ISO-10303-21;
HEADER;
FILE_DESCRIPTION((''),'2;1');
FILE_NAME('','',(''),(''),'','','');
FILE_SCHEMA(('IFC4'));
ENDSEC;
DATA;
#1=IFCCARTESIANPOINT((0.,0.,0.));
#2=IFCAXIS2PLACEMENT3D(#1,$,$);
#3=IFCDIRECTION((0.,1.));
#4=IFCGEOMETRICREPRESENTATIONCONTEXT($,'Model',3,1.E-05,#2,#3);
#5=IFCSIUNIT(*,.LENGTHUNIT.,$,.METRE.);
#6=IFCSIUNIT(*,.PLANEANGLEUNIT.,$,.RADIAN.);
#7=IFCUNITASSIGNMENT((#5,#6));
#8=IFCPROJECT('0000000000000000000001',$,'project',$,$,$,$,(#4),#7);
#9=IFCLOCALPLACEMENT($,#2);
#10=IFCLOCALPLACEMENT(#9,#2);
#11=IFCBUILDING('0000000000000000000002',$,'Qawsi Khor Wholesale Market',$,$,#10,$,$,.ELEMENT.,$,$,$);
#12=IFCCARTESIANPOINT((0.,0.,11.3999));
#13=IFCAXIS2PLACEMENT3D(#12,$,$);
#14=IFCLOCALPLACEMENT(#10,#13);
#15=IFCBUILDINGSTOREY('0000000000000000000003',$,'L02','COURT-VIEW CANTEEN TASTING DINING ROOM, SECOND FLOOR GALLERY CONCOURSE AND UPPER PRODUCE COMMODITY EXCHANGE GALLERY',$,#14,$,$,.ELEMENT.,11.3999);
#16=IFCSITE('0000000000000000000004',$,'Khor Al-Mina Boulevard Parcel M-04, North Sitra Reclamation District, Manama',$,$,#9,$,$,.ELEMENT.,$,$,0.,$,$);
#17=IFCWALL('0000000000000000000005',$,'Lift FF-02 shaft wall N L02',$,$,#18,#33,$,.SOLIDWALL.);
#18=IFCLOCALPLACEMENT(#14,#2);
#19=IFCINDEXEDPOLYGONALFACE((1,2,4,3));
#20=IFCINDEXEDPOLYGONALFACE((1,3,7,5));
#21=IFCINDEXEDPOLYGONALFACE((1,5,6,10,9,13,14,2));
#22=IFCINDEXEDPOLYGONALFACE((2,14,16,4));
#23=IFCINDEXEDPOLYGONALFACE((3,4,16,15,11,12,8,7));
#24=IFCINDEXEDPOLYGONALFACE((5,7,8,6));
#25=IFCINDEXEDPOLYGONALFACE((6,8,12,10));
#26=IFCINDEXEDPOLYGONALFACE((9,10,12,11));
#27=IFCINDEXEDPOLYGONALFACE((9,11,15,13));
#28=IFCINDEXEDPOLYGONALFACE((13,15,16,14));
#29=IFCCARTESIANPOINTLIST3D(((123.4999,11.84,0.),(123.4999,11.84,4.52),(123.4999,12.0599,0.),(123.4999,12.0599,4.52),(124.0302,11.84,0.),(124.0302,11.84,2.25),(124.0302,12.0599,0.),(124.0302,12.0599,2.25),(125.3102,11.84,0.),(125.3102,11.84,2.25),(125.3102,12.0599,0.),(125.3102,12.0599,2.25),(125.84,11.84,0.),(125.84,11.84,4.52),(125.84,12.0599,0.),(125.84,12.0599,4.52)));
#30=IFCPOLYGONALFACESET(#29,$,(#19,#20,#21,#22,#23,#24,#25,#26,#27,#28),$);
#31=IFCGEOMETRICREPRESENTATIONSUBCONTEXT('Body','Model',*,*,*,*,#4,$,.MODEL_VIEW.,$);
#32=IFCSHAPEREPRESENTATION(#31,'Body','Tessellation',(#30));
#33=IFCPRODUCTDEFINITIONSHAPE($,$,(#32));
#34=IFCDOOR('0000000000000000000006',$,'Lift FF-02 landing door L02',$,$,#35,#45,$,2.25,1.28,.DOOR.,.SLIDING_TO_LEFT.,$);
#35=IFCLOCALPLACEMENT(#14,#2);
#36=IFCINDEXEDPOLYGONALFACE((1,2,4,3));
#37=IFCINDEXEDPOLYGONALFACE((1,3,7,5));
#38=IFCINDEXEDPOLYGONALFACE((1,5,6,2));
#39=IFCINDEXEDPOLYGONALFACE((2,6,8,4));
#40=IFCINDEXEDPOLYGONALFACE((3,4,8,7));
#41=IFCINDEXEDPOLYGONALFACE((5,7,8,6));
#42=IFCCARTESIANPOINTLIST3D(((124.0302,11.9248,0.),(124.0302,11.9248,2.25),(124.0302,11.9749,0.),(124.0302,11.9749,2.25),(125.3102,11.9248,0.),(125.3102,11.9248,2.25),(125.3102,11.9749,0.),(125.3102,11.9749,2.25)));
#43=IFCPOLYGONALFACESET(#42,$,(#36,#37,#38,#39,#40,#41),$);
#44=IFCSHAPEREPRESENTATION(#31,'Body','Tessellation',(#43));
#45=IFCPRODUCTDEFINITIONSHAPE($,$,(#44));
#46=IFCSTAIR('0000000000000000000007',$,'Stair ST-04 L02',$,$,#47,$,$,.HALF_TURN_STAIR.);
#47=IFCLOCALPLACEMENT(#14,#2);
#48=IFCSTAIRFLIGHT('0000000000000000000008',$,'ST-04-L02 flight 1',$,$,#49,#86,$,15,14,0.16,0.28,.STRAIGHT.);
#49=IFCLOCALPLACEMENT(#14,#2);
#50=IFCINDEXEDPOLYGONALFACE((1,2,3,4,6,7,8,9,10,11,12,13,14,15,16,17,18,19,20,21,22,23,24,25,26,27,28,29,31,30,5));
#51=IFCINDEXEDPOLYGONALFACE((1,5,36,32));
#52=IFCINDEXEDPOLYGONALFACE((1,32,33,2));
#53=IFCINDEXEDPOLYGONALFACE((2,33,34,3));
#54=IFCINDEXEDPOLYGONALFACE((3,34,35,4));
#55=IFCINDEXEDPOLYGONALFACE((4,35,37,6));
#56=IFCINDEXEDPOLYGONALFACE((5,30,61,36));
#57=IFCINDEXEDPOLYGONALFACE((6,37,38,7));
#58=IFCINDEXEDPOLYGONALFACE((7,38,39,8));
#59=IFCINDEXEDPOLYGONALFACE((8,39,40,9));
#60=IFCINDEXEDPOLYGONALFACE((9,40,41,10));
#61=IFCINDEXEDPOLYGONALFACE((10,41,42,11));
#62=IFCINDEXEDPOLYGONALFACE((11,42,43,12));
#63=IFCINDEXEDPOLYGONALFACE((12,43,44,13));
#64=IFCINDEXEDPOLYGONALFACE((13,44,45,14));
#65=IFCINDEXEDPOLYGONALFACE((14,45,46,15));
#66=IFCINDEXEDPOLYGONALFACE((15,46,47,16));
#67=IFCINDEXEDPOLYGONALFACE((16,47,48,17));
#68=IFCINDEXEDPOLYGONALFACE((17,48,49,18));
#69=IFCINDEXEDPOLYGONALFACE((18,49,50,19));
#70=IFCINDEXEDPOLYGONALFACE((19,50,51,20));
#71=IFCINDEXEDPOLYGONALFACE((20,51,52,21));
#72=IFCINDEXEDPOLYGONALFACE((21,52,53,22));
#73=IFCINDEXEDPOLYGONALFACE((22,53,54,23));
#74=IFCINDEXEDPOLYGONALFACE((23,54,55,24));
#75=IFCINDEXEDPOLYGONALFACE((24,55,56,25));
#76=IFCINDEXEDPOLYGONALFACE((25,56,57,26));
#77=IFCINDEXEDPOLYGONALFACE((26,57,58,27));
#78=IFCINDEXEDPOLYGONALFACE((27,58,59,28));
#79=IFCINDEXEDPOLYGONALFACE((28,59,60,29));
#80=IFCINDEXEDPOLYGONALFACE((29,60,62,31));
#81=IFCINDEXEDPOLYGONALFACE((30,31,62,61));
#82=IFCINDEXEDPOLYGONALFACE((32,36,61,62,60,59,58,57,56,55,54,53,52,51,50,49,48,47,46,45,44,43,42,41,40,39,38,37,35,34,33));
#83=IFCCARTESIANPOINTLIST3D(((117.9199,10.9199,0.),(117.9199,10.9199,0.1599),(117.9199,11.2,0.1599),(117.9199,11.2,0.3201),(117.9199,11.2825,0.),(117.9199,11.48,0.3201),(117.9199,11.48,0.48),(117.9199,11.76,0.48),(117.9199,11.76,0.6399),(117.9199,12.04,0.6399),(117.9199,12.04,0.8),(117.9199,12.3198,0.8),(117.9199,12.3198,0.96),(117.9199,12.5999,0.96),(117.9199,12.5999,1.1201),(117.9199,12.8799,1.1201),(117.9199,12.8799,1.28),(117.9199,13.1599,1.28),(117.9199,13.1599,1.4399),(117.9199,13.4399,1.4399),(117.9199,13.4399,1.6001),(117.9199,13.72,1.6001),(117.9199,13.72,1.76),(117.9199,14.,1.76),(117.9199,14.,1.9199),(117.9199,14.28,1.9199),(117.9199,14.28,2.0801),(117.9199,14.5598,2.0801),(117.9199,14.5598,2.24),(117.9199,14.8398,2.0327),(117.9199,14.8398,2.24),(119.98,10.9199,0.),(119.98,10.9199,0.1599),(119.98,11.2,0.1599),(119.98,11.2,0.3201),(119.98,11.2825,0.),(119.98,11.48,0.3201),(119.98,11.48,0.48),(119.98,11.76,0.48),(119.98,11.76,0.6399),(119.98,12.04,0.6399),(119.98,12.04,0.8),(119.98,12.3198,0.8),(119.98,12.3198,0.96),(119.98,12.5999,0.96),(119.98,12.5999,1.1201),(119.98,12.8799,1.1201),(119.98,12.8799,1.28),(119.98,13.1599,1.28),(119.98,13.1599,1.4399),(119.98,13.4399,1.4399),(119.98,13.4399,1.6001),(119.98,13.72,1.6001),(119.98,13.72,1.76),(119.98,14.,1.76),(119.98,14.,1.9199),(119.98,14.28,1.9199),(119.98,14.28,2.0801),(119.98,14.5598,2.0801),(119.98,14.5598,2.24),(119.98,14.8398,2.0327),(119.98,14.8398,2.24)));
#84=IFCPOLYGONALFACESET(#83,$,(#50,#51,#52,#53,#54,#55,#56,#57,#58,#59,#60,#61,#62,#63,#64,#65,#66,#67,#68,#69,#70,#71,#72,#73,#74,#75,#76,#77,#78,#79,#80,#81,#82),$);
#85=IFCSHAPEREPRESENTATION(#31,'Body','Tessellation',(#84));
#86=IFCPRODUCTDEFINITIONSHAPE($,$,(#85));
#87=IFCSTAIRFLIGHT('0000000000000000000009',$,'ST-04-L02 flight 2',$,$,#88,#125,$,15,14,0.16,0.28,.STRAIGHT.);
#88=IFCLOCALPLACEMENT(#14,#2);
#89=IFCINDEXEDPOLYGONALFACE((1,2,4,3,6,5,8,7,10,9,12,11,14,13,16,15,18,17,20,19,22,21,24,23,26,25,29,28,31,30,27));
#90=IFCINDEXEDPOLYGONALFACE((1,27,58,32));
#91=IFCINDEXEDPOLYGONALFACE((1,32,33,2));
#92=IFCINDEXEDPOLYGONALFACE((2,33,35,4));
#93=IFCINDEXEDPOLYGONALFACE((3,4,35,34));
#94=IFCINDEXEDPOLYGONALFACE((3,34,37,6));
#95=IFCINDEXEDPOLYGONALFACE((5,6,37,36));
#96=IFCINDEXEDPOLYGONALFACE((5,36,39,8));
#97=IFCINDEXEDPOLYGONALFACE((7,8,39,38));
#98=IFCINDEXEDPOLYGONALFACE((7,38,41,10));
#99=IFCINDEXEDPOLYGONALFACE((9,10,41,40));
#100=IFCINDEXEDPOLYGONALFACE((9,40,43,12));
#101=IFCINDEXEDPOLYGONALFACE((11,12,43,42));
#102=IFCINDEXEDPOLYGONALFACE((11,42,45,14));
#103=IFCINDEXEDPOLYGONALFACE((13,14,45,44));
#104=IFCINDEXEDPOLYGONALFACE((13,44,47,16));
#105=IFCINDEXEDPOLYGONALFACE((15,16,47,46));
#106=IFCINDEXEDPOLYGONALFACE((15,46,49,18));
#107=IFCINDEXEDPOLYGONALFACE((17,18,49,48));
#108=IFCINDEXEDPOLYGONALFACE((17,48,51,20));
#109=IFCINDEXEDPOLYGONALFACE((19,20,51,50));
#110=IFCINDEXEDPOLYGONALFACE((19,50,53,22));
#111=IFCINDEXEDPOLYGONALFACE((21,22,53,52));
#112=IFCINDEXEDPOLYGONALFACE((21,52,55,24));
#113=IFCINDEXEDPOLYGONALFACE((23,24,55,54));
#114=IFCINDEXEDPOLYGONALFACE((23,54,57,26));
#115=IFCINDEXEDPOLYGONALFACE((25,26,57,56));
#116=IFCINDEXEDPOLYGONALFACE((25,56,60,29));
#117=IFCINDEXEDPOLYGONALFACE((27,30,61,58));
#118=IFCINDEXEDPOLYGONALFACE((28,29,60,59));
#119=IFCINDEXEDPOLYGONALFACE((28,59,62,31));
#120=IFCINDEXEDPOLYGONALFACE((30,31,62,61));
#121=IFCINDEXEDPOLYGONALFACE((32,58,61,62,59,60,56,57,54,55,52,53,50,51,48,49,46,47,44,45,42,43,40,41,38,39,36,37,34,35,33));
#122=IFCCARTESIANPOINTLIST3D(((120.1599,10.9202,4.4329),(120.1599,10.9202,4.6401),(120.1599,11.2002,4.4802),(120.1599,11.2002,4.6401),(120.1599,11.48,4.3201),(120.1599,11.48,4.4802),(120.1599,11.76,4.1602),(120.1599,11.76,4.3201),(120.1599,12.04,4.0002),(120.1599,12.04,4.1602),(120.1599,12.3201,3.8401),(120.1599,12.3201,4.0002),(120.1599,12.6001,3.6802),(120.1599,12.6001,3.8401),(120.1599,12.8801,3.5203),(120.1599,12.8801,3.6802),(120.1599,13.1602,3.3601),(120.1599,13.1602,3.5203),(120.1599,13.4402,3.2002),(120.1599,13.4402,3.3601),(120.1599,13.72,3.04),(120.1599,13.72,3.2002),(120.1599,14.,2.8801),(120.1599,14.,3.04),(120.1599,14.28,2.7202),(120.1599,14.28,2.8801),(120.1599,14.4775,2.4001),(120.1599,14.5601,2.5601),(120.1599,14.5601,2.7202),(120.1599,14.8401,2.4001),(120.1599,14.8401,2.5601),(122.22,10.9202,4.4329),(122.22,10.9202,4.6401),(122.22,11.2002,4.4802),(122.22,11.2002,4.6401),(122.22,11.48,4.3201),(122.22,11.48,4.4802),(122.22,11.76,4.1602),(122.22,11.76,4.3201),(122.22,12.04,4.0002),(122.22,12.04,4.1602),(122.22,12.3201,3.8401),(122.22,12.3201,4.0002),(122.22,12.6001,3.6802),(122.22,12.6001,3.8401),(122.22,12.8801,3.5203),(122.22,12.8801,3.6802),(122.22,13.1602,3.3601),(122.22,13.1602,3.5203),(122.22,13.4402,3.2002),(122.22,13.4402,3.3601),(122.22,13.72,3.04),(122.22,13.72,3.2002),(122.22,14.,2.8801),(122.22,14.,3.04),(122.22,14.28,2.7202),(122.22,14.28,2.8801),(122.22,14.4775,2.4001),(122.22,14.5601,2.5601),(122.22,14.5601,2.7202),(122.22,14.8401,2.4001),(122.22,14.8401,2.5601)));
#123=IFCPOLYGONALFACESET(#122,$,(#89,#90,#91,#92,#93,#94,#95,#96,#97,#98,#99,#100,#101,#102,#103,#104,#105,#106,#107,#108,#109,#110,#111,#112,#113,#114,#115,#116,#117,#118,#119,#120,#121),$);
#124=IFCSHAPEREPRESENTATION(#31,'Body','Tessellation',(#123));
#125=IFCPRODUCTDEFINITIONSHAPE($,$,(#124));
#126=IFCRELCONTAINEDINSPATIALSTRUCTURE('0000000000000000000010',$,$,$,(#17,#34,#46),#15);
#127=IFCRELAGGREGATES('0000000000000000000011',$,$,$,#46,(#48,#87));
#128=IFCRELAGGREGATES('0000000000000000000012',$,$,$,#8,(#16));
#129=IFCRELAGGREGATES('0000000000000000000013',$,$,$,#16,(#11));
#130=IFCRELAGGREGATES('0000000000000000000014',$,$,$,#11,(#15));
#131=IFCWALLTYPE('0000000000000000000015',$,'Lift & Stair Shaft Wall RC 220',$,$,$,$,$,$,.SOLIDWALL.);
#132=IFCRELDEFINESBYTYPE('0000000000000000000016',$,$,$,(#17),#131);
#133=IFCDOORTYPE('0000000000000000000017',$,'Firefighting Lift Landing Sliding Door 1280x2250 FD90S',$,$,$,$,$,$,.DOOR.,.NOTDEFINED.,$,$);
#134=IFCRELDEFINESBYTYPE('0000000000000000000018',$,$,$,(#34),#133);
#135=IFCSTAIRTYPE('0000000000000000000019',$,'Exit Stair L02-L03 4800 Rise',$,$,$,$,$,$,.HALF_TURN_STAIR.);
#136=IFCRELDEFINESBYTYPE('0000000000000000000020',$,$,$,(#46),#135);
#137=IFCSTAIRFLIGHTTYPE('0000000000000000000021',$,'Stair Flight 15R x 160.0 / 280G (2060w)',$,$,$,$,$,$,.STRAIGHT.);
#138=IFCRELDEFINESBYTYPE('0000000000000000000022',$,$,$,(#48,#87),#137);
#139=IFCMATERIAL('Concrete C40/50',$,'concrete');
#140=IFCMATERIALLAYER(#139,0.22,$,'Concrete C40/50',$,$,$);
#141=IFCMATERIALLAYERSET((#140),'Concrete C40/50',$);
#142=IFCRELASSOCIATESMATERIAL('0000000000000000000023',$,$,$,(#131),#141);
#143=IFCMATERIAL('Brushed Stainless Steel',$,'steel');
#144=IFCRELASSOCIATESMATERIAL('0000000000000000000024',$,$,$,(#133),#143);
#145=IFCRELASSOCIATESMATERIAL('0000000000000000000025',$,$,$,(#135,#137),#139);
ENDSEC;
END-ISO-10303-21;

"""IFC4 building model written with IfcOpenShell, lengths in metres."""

from ifc_helpers import new_model, si_unit, direction, frame, frame_2d, origin, place, context, subcontext, project, spatial, polyline, rectangle, outline, extrude, material, layer, layer_set, type_object, element, fill, aggregate, save


model = new_model("IFC4")

# Units and contexts
model_context = context("Model", 3, precision=1e-05, world=origin(), true_north=direction((0.0, 1.0)))
body_context = subcontext(model_context, "Body", "Model", "MODEL_VIEW")
ifc_project = project(units=[si_unit("LENGTHUNIT", "METRE"), si_unit("PLANEANGLEUNIT", "RADIAN")], contexts=[model_context])

# Site, building, storey
site_placement = place(None, origin())
site = spatial("IfcSite", under=ifc_project, at=site_placement, Name="Khor Al-Mina Boulevard Parcel M-04, North Sitra Reclamation District, Manama", CompositionType="ELEMENT", RefElevation=0.0)
building_placement = place(site_placement, origin())
building = spatial("IfcBuilding", under=site, at=building_placement, Name="Qawsi Khor Wholesale Market", CompositionType="ELEMENT")
storey_placement = place(building_placement, frame((0.0, 0.0, 11.3999)))
storey = spatial("IfcBuildingStorey", under=building, at=storey_placement, Name="L02", Description="COURT-VIEW CANTEEN TASTING DINING ROOM, SECOND FLOOR GALLERY CONCOURSE AND UPPER PRODUCE COMMODITY EXCHANGE GALLERY", CompositionType="ELEMENT", Elevation=11.3999)

# Shared definitions
ifc_material_1 = material(Name="Concrete C40/50", Category="concrete")

# Wall, opening, door
ifc_layer_1 = layer(ifc_material_1, 0.22, Name="Concrete C40/50")
ifc_layer_set_1 = layer_set([ifc_layer_1], Name="Concrete C40/50")
wall_type_1 = type_object("IfcWallType", Name="Lift & Stair Shaft Wall RC 220", PredefinedType="SOLIDWALL", material=ifc_layer_set_1)
wall_1_placement = place(storey_placement, frame((123.5, 11.95, 0.0), z_axis=(0.0, 0.0, 1.0), x_axis=(1.0, 0.0, 0.0)))
wall_1 = element("IfcWall", 1, at=wall_1_placement, inside=storey, type_object=wall_type_1, Name="Lift FF-02 shaft wall N L02", PredefinedType="SOLIDWALL", context=body_context, shape_type="SweptSolid", body=[
    extrude(rectangle(XDim=2.3401, YDim=0.22, at=frame_2d((1.1699, 0.0))), origin(), (0.0, 0.0, 1.0), 4.52),
])
opening_1_placement = place(wall_1_placement, frame((0.53, 0.0, 0.0)))
opening_1 = element("IfcOpeningElement", 2, at=opening_1_placement, cuts=wall_1, PredefinedType="OPENING", context=body_context, shape_type="SweptSolid", body=[
    extrude(rectangle(XDim=1.28, YDim=2.25, at=frame_2d((0.6401, 1.125))), frame((0.0, 0.1199, 0.0), z_axis=(0.0, -1.0, 0.0), x_axis=(1.0, 0.0, 0.0)), (0.0, 0.0, 1.0), 0.24),
])
ifc_material_2 = material(Name="Brushed Stainless Steel", Category="steel")
door_type_1 = type_object("IfcDoorType", Name="Firefighting Lift Landing Sliding Door 1280x2250 FD90S", OperationType="NOTDEFINED", PredefinedType="DOOR", material=ifc_material_2)
door_1_placement = place(opening_1_placement, origin())
door_1 = element("IfcDoor", 3, at=door_1_placement, inside=storey, type_object=door_type_1, Name="Lift FF-02 landing door L02", OperationType="SLIDING_TO_LEFT", OverallHeight=2.25, OverallWidth=1.28, PredefinedType="DOOR", context=body_context, shape_type="SweptSolid", body=[
    extrude(rectangle(XDim=1.28, YDim=2.25, at=frame_2d((0.6401, 1.125))), frame((0.0, 0.0249, 0.0), z_axis=(0.0, -1.0, 0.0), x_axis=(1.0, 0.0, 0.0)), (0.0, 0.0, 1.0), 0.05),
])
fill(opening_1, door_1)

# Stair, stair flights
stair_type = type_object("IfcStairType", Name="Exit Stair L02-L03 4800 Rise", PredefinedType="HALF_TURN_STAIR", material=ifc_material_1)
stair_placement = place(storey_placement, origin())
stair = element("IfcStair", 4, at=stair_placement, inside=storey, type_object=stair_type, Name="Stair ST-04 L02", PredefinedType="HALF_TURN_STAIR")
stair_flight_type = type_object("IfcStairFlightType", Name="Stair Flight 15R x 160.0 / 280G (2060w)", PredefinedType="STRAIGHT", material=ifc_material_1)
stair_flight_1_placement = place(storey_placement, frame((118.95, 10.9199, 0.0), z_axis=(0.0, 0.0, 1.0), x_axis=(0.0, 1.0, 0.0)))
stair_flight_1 = element("IfcStairFlight", 5, at=stair_flight_1_placement, type_object=stair_flight_type, Name="ST-04-L02 flight 1", NumberOfRisers=15, NumberOfTreads=14, PredefinedType="STRAIGHT", RiserHeight=0.16, TreadLength=0.28, context=body_context, shape_type="SweptSolid", body=[
    extrude(outline(polyline([(0.0, 0.0), (0.0, 0.1599), (0.28, 0.1599), (0.28, 0.3201), (0.5601, 0.3201), (0.5601, 0.48), (0.8401, 0.48), (0.8401, 0.6399), (1.1201, 0.6399), (1.1201, 0.8), (1.3999, 0.8), (1.3999, 0.96), (1.6799, 0.96), (1.6799, 1.1201), (1.96, 1.1201), (1.96, 1.28), (2.24, 1.28), (2.24, 1.4399), (2.52, 1.4399), (2.52, 1.6001), (2.8, 1.6001), (2.8, 1.76), (3.0801, 1.76), (3.0801, 1.9199), (3.3601, 1.9199), (3.3601, 2.0801), (3.6399, 2.0801), (3.6399, 2.24), (3.9199, 2.24), (3.9199, 2.3999), (3.9199, 2.0327), (0.3625, 0.0), (0.0, 0.0)])), frame((0.0, 1.03, 0.0), z_axis=(0.0, -1.0, 0.0), x_axis=(1.0, 0.0, 0.0)), (0.0, 0.0, 1.0), 2.0601),
])
stair_flight_2_placement = place(storey_placement, frame((121.1899, 14.8401, 2.4001), z_axis=(0.0, 0.0, 1.0), x_axis=(0.0, -1.0, 0.0)))
stair_flight_2 = element("IfcStairFlight", 6, at=stair_flight_2_placement, type_object=stair_flight_type, Name="ST-04-L02 flight 2", NumberOfRisers=15, NumberOfTreads=14, PredefinedType="STRAIGHT", RiserHeight=0.16, TreadLength=0.28, context=body_context, shape_type="SweptSolid", body=[
    extrude(outline(polyline([(0.0, 0.0), (0.0, 0.1599), (0.28, 0.1599), (0.28, 0.3201), (0.5601, 0.3201), (0.5601, 0.48), (0.8401, 0.48), (0.8401, 0.6399), (1.1201, 0.6399), (1.1201, 0.8), (1.3999, 0.8), (1.3999, 0.96), (1.6799, 0.96), (1.6799, 1.1201), (1.96, 1.1201), (1.96, 1.28), (2.24, 1.28), (2.24, 1.4399), (2.52, 1.4399), (2.52, 1.6001), (2.8, 1.6001), (2.8, 1.76), (3.0801, 1.76), (3.0801, 1.9199), (3.3601, 1.9199), (3.3601, 2.0801), (3.6399, 2.0801), (3.6399, 2.24), (3.9199, 2.24), (3.9199, 2.3999), (3.9199, 2.0327), (0.3625, 0.0), (0.0, 0.0)])), frame((0.0, 1.03, 0.0), z_axis=(0.0, -1.0, 0.0), x_axis=(1.0, 0.0, 0.0)), (0.0, 0.0, 1.0), 2.0601),
])
aggregate(stair, [stair_flight_1, stair_flight_2])

save(model, "model.ifc")
